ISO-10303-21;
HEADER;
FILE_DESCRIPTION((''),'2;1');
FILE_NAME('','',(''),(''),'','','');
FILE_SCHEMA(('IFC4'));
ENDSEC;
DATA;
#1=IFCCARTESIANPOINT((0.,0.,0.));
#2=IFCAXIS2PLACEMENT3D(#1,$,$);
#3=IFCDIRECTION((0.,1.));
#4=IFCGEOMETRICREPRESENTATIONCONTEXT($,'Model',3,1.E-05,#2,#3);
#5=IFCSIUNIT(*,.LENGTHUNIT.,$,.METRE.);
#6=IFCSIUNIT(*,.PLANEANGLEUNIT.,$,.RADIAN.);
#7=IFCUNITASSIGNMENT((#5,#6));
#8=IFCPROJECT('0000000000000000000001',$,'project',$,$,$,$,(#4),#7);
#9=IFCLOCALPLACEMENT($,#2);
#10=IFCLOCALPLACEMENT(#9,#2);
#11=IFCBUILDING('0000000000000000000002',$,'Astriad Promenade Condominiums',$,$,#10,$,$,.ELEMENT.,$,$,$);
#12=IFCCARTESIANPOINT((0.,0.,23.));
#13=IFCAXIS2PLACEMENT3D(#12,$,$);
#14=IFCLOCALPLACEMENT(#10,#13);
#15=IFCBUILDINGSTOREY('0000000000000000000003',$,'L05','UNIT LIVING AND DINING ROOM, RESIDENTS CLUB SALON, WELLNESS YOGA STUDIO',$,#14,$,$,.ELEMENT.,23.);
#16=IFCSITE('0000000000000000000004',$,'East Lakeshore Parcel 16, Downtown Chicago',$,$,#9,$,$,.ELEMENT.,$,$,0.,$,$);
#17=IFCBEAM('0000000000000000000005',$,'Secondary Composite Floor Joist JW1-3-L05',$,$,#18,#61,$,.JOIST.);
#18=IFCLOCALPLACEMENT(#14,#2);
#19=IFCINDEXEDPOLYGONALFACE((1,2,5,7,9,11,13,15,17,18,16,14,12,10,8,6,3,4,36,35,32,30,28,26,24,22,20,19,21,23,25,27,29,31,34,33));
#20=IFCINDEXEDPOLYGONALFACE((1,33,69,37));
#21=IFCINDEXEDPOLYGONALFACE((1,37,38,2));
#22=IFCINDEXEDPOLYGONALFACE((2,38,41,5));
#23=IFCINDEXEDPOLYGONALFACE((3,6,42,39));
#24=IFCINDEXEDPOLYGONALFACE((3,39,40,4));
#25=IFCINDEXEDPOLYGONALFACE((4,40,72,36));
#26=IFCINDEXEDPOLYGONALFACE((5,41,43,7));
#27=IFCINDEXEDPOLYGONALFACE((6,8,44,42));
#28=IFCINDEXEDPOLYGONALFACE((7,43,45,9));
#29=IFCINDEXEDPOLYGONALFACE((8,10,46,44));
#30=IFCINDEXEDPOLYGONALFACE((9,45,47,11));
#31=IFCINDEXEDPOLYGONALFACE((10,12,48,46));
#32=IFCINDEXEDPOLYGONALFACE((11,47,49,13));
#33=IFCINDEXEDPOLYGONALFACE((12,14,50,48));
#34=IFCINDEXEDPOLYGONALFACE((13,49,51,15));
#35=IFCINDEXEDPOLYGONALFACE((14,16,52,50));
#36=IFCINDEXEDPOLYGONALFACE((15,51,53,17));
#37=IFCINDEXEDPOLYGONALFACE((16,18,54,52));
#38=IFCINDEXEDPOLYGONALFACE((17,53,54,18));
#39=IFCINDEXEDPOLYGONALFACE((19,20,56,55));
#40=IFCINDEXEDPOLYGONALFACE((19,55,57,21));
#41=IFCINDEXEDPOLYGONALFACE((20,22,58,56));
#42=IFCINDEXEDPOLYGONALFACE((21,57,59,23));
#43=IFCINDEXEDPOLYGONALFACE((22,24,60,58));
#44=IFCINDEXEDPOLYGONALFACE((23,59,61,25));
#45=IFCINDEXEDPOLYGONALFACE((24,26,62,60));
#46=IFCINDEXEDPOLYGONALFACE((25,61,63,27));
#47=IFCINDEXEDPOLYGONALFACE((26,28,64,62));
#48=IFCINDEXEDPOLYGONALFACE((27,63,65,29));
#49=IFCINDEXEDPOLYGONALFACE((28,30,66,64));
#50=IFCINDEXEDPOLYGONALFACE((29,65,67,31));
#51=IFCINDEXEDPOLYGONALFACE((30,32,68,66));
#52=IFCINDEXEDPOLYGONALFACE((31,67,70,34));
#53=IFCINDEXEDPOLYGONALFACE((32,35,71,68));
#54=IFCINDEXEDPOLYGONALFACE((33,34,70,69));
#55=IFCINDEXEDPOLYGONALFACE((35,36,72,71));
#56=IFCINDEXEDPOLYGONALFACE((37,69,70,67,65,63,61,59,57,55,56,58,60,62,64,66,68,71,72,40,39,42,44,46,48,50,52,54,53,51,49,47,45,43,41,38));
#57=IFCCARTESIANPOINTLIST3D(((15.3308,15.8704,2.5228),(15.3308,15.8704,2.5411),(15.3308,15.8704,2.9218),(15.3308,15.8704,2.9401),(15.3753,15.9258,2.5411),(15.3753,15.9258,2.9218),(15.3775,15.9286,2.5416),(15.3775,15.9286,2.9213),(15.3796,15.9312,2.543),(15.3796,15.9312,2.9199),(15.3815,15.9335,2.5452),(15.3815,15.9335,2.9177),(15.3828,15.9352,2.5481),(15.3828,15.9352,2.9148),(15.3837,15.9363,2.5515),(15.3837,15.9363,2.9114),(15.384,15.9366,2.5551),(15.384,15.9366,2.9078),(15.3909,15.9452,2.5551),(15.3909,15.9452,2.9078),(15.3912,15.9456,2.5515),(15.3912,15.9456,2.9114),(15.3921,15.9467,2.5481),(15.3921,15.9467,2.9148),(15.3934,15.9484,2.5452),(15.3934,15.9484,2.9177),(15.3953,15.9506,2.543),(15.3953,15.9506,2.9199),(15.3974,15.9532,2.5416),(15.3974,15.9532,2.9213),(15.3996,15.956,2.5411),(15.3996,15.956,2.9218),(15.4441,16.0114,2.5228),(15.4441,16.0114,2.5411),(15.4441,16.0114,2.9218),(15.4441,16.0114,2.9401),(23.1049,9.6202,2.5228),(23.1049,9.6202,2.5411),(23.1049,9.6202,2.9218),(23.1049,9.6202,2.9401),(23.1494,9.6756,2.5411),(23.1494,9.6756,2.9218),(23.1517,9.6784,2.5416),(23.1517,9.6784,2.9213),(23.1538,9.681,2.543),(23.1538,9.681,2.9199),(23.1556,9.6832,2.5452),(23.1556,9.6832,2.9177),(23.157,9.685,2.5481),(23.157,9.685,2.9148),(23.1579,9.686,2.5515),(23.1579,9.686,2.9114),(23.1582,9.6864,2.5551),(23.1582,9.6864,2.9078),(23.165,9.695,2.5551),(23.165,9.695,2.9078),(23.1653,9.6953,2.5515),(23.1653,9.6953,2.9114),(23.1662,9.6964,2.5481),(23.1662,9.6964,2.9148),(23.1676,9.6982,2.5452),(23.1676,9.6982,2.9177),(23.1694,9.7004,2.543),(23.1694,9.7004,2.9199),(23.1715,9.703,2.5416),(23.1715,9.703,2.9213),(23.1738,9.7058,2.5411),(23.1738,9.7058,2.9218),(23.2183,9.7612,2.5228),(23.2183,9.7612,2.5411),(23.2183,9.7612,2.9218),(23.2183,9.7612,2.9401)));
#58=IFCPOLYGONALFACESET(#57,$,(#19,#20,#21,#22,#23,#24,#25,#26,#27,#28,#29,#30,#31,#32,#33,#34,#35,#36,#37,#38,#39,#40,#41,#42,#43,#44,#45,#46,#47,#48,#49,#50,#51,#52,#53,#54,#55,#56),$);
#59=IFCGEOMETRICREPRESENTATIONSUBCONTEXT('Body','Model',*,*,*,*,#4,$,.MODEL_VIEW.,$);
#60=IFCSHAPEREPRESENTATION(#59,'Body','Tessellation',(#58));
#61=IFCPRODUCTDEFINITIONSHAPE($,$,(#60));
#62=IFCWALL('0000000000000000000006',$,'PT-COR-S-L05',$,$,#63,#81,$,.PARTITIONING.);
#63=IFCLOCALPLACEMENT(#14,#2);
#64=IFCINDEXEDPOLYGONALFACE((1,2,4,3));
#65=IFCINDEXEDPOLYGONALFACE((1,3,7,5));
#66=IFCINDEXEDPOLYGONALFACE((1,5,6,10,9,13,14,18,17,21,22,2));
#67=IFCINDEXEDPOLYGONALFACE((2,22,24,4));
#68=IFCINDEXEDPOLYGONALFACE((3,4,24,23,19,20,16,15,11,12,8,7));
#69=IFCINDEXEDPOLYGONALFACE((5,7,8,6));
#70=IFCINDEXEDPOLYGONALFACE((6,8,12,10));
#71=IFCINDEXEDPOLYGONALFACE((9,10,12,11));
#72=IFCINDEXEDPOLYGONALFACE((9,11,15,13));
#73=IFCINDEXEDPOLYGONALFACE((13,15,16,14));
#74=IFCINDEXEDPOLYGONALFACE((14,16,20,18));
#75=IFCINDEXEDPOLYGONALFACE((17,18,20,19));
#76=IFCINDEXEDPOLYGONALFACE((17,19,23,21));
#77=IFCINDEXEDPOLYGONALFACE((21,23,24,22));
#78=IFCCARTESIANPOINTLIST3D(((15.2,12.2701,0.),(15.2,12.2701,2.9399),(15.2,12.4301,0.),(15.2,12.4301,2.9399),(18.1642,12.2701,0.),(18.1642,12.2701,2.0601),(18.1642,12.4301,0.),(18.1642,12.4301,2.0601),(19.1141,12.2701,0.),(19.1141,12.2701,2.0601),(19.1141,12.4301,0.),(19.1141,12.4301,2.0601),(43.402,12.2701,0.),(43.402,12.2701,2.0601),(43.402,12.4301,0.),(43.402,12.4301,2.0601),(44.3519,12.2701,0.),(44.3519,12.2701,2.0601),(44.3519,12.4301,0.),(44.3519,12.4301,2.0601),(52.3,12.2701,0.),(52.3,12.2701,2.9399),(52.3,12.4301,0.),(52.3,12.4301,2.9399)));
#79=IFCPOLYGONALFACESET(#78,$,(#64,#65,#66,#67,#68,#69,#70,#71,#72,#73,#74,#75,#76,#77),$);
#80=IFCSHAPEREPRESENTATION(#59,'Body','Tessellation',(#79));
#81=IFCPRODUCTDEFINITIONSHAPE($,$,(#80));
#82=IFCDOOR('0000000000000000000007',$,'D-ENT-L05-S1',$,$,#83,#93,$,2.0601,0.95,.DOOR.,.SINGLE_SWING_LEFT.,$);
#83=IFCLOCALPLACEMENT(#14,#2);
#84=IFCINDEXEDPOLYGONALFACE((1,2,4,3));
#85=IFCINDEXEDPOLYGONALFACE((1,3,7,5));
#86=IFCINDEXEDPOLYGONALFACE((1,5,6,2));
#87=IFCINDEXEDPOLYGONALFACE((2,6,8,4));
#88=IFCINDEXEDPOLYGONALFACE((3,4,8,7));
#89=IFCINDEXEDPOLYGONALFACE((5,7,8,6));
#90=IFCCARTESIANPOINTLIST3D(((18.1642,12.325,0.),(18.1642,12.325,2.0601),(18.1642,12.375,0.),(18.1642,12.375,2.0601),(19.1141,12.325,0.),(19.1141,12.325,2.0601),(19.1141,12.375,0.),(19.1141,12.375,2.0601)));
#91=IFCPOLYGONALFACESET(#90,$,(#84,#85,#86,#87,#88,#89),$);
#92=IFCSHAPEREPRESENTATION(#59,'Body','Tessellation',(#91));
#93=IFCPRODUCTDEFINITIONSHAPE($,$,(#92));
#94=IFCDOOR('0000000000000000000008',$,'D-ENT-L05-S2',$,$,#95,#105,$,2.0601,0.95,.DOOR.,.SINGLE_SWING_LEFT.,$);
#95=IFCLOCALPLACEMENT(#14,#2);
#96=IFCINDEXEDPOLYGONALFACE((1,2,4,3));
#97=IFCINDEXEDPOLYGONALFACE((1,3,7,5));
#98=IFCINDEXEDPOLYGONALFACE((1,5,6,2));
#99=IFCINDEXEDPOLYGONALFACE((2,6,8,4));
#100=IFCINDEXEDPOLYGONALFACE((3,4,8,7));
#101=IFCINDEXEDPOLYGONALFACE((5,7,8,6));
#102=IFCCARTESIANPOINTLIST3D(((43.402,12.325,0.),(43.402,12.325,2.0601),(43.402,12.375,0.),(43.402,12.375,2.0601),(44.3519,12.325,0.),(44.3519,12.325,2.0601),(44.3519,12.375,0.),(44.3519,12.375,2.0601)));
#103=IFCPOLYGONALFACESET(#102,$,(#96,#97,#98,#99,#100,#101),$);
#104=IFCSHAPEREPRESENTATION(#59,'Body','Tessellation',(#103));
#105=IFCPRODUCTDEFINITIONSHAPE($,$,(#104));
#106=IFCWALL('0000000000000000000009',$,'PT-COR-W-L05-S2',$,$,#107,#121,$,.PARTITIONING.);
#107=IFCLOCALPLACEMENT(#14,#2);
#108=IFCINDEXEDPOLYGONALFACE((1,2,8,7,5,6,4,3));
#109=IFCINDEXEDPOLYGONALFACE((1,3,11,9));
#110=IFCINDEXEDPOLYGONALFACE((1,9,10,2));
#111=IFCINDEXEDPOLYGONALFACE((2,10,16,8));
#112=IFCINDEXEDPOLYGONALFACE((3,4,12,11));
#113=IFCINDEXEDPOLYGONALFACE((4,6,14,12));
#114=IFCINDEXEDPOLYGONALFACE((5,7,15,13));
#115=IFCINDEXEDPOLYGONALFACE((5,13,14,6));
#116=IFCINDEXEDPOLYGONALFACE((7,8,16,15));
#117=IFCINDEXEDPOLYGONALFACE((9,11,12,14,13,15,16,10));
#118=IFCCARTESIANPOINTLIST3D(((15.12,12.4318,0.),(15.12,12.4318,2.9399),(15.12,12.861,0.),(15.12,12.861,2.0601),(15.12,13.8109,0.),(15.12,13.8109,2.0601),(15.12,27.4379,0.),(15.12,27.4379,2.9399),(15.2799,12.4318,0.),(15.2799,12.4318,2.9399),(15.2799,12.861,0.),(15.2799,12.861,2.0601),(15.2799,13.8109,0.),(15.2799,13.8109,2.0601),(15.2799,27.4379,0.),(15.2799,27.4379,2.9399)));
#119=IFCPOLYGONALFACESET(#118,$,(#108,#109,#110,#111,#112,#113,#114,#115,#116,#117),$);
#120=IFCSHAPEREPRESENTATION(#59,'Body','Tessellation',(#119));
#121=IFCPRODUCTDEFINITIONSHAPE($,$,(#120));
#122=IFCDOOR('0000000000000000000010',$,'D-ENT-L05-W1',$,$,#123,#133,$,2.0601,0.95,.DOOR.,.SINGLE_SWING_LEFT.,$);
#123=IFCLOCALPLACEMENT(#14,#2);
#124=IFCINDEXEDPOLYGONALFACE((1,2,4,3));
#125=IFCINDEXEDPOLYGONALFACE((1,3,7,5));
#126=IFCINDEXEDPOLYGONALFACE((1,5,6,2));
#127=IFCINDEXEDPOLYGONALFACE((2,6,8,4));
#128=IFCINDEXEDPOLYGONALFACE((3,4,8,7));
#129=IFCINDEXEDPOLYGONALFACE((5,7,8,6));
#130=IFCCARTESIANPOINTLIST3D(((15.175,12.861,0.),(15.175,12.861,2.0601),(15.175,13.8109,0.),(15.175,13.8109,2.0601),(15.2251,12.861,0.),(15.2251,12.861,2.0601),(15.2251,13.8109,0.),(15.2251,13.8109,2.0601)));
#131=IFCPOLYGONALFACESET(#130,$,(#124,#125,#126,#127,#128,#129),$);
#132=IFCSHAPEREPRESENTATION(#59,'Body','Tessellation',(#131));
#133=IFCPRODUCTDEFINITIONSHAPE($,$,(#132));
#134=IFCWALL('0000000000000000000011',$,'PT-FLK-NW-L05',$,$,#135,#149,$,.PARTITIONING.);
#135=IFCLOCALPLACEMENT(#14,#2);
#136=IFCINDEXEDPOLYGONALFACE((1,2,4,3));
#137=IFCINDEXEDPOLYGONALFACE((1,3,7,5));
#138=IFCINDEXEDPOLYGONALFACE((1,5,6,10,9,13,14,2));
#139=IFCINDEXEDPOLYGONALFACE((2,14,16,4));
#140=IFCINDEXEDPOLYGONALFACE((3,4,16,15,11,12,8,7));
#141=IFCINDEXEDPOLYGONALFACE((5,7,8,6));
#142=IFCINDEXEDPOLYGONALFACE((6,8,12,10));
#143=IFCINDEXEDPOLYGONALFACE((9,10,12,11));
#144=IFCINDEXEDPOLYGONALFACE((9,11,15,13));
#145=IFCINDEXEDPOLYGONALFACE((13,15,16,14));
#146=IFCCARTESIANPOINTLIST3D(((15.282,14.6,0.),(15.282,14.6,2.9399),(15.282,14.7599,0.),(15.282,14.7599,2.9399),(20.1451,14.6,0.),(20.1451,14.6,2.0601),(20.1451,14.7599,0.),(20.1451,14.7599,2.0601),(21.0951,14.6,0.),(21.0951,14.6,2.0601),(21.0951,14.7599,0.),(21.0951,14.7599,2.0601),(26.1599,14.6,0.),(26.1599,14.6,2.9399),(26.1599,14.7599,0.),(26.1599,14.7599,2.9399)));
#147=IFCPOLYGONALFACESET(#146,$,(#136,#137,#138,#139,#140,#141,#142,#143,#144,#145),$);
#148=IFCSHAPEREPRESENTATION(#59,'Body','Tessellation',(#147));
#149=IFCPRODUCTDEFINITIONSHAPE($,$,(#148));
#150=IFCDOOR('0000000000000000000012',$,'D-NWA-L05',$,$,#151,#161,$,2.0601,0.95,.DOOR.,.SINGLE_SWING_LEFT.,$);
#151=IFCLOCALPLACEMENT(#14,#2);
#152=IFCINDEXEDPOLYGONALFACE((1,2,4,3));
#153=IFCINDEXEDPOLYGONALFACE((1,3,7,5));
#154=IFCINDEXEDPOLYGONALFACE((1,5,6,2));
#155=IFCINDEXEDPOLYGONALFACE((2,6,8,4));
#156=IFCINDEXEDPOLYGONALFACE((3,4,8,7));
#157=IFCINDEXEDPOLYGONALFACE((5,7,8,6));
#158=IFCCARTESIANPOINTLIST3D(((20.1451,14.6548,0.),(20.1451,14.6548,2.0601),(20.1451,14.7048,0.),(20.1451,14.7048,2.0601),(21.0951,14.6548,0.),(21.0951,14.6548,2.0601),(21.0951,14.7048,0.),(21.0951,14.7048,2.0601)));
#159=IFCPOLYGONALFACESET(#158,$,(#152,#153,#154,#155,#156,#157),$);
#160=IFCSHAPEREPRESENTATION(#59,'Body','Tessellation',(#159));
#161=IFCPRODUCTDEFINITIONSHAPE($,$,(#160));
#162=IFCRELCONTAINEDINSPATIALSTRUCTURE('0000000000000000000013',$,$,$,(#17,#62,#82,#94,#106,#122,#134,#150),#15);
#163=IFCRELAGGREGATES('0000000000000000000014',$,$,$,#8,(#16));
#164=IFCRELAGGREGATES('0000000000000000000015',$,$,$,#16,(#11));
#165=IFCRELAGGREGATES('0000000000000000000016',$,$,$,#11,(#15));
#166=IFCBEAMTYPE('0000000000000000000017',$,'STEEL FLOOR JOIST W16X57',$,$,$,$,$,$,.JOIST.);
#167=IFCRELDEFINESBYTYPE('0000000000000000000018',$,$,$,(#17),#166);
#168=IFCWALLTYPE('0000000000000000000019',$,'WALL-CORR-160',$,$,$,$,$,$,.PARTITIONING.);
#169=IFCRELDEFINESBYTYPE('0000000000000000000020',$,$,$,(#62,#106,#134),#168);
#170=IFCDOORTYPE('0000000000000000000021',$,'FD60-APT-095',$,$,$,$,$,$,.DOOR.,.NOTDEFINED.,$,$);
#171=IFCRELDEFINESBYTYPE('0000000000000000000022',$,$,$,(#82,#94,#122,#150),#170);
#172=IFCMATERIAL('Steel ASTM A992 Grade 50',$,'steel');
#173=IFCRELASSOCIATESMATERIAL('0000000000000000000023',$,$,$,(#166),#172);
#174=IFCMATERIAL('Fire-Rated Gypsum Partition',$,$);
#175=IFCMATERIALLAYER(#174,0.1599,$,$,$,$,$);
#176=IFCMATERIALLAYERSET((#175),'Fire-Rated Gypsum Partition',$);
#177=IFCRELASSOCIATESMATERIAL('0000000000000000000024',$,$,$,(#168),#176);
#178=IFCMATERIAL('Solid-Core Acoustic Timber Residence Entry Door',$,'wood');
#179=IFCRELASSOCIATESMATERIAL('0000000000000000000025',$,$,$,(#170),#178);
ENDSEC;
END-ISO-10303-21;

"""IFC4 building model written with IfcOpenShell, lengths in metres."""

from ifc_helpers import new_model, si_unit, direction, frame, frame_2d, origin, origin_2d, place, context, subcontext, project, spatial, rectangle, i_section, extrude, source, transform, mapped, material, layer, layer_set, material_profile, profile_set, type_object, type_shapes, element, fill, save


model = new_model("IFC4")

# Units and contexts
model_context = context("Model", 3, precision=1e-05, world=origin(), true_north=direction((0.0, 1.0)))
body_context = subcontext(model_context, "Body", "Model", "MODEL_VIEW")
ifc_project = project(units=[si_unit("LENGTHUNIT", "METRE"), si_unit("PLANEANGLEUNIT", "RADIAN")], contexts=[model_context])

# Site, building, storey
site_placement = place(None, origin())
site = spatial("IfcSite", under=ifc_project, at=site_placement, Name="East Lakeshore Parcel 16, Downtown Chicago", CompositionType="ELEMENT", RefElevation=0.0)
building_placement = place(site_placement, origin())
building = spatial("IfcBuilding", under=site, at=building_placement, Name="Astriad Promenade Condominiums", CompositionType="ELEMENT")
storey_placement = place(building_placement, frame((0.0, 0.0, 23.0)))
storey = spatial("IfcBuildingStorey", under=building, at=storey_placement, Name="L05", Description="UNIT LIVING AND DINING ROOM, RESIDENTS CLUB SALON, WELLNESS YOGA STUDIO", CompositionType="ELEMENT", Elevation=23.0)

# Beam
ifc_material_1 = material(Name="Steel ASTM A992 Grade 50", Category="steel")
ifc_material_profile = material_profile(ifc_material_1, i_section(OverallWidth=0.1809, OverallDepth=0.4172, WebThickness=0.011, FlangeThickness=0.0183, FilletRadius=0.0139, at=origin_2d()), Name="W16X57")
ifc_profile_set = profile_set([ifc_material_profile], Name="Steel ASTM A992 Grade 50")
beam_type = type_object("IfcBeamType", Name="STEEL FLOOR JOIST W16X57", PredefinedType="JOIST", material=ifc_profile_set)
shared_shape_1 = source(origin(), body_context, "Body", "SweptSolid", [
    extrude(i_section(OverallWidth=0.1809, OverallDepth=0.4172, WebThickness=0.011, FlangeThickness=0.0183, FilletRadius=0.0139, at=origin_2d()), origin(), (0.0, 0.0, 1.0), 9.9751),
])
type_shapes(beam_type, [shared_shape_1])
beam_placement = place(storey_placement, frame((15.3875, 15.9409, 2.7314), z_axis=(0.779355, -0.626583, 0.0), x_axis=(0.626583, 0.779355, 0.0)))
element("IfcBeam", 1, at=beam_placement, inside=storey, type_object=beam_type, Name="Secondary Composite Floor Joist JW1-3-L05", PredefinedType="JOIST", context=body_context, shape_type="MappedRepresentation", body=[
    mapped(shared_shape_1, transform((0.0, 0.0, 0.0), scale=1.0)),
])

# Wall, openings, doors
ifc_material_2 = material(Name="Fire-Rated Gypsum Partition")
ifc_layer_1 = layer(ifc_material_2, 0.1599)
ifc_layer_set_1 = layer_set([ifc_layer_1], Name="Fire-Rated Gypsum Partition")
wall_type_1 = type_object("IfcWallType", Name="WALL-CORR-160", PredefinedType="PARTITIONING", material=ifc_layer_set_1)
wall_1_placement = place(storey_placement, frame((15.2, 12.3501, 0.0), z_axis=(0.0, 0.0, 1.0), x_axis=(1.0, 0.0, 0.0)))
wall_1 = element("IfcWall", 2, at=wall_1_placement, inside=storey, type_object=wall_type_1, Name="PT-COR-S-L05", PredefinedType="PARTITIONING", context=body_context, shape_type="SweptSolid", body=[
    extrude(rectangle(XDim=37.1001, YDim=0.1599, at=frame_2d((18.55, 0.0))), origin(), (0.0, 0.0, 1.0), 2.9399),
])
opening_1_placement = place(wall_1_placement, frame((2.9641, 0.0, 0.0)))
opening_1 = element("IfcOpeningElement", 3, at=opening_1_placement, cuts=wall_1, PredefinedType="OPENING", context=body_context, shape_type="SweptSolid", body=[
    extrude(rectangle(XDim=0.95, YDim=2.0601, at=frame_2d((0.4751, 1.03))), frame((0.0, 0.0898, 0.0), z_axis=(0.0, -1.0, 0.0), x_axis=(1.0, 0.0, 0.0)), (0.0, 0.0, 1.0), 0.1799),
])
opening_2_placement = place(wall_1_placement, frame((28.2019, 0.0, 0.0)))
opening_2 = element("IfcOpeningElement", 4, at=opening_2_placement, cuts=wall_1, PredefinedType="OPENING", context=body_context, shape_type="SweptSolid", body=[
    extrude(rectangle(XDim=0.95, YDim=2.0601, at=frame_2d((0.4751, 1.03))), frame((0.0, 0.0898, 0.0), z_axis=(0.0, -1.0, 0.0), x_axis=(1.0, 0.0, 0.0)), (0.0, 0.0, 1.0), 0.1799),
])
ifc_material_3 = material(Name="Solid-Core Acoustic Timber Residence Entry Door", Category="wood")
door_type_1 = type_object("IfcDoorType", Name="FD60-APT-095", OperationType="NOTDEFINED", PredefinedType="DOOR", material=ifc_material_3)
shared_shape_2 = source(origin(), body_context, "Body", "SweptSolid", [
    extrude(rectangle(XDim=0.95, YDim=2.0601, at=frame_2d((0.4751, 1.03))), frame((0.0, 0.0249, 0.0), z_axis=(0.0, -1.0, 0.0), x_axis=(1.0, 0.0, 0.0)), (0.0, 0.0, 1.0), 0.05),
])
type_shapes(door_type_1, [shared_shape_2])
door_1_placement = place(opening_1_placement, origin())
door_1 = element("IfcDoor", 5, at=door_1_placement, inside=storey, type_object=door_type_1, Name="D-ENT-L05-S1", OperationType="SINGLE_SWING_LEFT", OverallHeight=2.0601, OverallWidth=0.95, PredefinedType="DOOR", context=body_context, shape_type="MappedRepresentation", body=[
    mapped(shared_shape_2, transform((0.0, 0.0, 0.0), scale=1.0)),
])
fill(opening_1, door_1)
door_2_placement = place(opening_2_placement, origin())
door_2 = element("IfcDoor", 6, at=door_2_placement, inside=storey, type_object=door_type_1, Name="D-ENT-L05-S2", OperationType="SINGLE_SWING_LEFT", OverallHeight=2.0601, OverallWidth=0.95, PredefinedType="DOOR", context=body_context, shape_type="MappedRepresentation", body=[
    mapped(shared_shape_2, transform((0.0, 0.0, 0.0), scale=1.0)),
])
fill(opening_2, door_2)

# Walls, openings, doors
wall_2_placement = place(storey_placement, frame((15.2, 12.4319, 0.0), z_axis=(0.0, 0.0, 1.0), x_axis=(0.0, 1.0, 0.0)))
wall_2 = element("IfcWall", 7, at=wall_2_placement, inside=storey, type_object=wall_type_1, Name="PT-COR-W-L05-S2", PredefinedType="PARTITIONING", context=body_context, shape_type="SweptSolid", body=[
    extrude(rectangle(XDim=15.0061, YDim=0.1599, at=frame_2d((7.5029, 0.0))), origin(), (0.0, 0.0, 1.0), 2.9399),
])
opening_3_placement = place(wall_2_placement, frame((0.429, 0.0, 0.0)))
opening_3 = element("IfcOpeningElement", 8, at=opening_3_placement, cuts=wall_2, PredefinedType="OPENING", context=body_context, shape_type="SweptSolid", body=[
    extrude(rectangle(XDim=0.95, YDim=2.0601, at=frame_2d((0.4751, 1.03))), frame((0.0, 0.0898, 0.0), z_axis=(0.0, -1.0, 0.0), x_axis=(1.0, 0.0, 0.0)), (0.0, 0.0, 1.0), 0.1799),
])
door_3_placement = place(opening_3_placement, origin())
door_3 = element("IfcDoor", 9, at=door_3_placement, inside=storey, type_object=door_type_1, Name="D-ENT-L05-W1", OperationType="SINGLE_SWING_LEFT", OverallHeight=2.0601, OverallWidth=0.95, PredefinedType="DOOR", context=body_context, shape_type="MappedRepresentation", body=[
    mapped(shared_shape_2, transform((0.0, 0.0, 0.0), scale=1.0)),
])
fill(opening_3, door_3)
wall_3_placement = place(storey_placement, frame((15.282, 14.6799, 0.0), z_axis=(0.0, 0.0, 1.0), x_axis=(1.0, 0.0, 0.0)))
wall_3 = element("IfcWall", 10, at=wall_3_placement, inside=storey, type_object=wall_type_1, Name="PT-FLK-NW-L05", PredefinedType="PARTITIONING", context=body_context, shape_type="SweptSolid", body=[
    extrude(rectangle(XDim=10.8779, YDim=0.1599, at=frame_2d((5.439, 0.0))), origin(), (0.0, 0.0, 1.0), 2.9399),
])
opening_4_placement = place(wall_3_placement, frame((4.863, 0.0, 0.0)))
opening_4 = element("IfcOpeningElement", 11, at=opening_4_placement, cuts=wall_3, PredefinedType="OPENING", context=body_context, shape_type="SweptSolid", body=[
    extrude(rectangle(XDim=0.95, YDim=2.0601, at=frame_2d((0.4751, 1.03))), frame((0.0, 0.0898, 0.0), z_axis=(0.0, -1.0, 0.0), x_axis=(1.0, 0.0, 0.0)), (0.0, 0.0, 1.0), 0.1799),
])
door_4_placement = place(opening_4_placement, origin())
door_4 = element("IfcDoor", 12, at=door_4_placement, inside=storey, type_object=door_type_1, Name="D-NWA-L05", OperationType="SINGLE_SWING_LEFT", OverallHeight=2.0601, OverallWidth=0.95, PredefinedType="DOOR", context=body_context, shape_type="MappedRepresentation", body=[
    mapped(shared_shape_2, transform((0.0, 0.0, 0.0), scale=1.0)),
])
fill(opening_4, door_4)

save(model, "model.ifc")
